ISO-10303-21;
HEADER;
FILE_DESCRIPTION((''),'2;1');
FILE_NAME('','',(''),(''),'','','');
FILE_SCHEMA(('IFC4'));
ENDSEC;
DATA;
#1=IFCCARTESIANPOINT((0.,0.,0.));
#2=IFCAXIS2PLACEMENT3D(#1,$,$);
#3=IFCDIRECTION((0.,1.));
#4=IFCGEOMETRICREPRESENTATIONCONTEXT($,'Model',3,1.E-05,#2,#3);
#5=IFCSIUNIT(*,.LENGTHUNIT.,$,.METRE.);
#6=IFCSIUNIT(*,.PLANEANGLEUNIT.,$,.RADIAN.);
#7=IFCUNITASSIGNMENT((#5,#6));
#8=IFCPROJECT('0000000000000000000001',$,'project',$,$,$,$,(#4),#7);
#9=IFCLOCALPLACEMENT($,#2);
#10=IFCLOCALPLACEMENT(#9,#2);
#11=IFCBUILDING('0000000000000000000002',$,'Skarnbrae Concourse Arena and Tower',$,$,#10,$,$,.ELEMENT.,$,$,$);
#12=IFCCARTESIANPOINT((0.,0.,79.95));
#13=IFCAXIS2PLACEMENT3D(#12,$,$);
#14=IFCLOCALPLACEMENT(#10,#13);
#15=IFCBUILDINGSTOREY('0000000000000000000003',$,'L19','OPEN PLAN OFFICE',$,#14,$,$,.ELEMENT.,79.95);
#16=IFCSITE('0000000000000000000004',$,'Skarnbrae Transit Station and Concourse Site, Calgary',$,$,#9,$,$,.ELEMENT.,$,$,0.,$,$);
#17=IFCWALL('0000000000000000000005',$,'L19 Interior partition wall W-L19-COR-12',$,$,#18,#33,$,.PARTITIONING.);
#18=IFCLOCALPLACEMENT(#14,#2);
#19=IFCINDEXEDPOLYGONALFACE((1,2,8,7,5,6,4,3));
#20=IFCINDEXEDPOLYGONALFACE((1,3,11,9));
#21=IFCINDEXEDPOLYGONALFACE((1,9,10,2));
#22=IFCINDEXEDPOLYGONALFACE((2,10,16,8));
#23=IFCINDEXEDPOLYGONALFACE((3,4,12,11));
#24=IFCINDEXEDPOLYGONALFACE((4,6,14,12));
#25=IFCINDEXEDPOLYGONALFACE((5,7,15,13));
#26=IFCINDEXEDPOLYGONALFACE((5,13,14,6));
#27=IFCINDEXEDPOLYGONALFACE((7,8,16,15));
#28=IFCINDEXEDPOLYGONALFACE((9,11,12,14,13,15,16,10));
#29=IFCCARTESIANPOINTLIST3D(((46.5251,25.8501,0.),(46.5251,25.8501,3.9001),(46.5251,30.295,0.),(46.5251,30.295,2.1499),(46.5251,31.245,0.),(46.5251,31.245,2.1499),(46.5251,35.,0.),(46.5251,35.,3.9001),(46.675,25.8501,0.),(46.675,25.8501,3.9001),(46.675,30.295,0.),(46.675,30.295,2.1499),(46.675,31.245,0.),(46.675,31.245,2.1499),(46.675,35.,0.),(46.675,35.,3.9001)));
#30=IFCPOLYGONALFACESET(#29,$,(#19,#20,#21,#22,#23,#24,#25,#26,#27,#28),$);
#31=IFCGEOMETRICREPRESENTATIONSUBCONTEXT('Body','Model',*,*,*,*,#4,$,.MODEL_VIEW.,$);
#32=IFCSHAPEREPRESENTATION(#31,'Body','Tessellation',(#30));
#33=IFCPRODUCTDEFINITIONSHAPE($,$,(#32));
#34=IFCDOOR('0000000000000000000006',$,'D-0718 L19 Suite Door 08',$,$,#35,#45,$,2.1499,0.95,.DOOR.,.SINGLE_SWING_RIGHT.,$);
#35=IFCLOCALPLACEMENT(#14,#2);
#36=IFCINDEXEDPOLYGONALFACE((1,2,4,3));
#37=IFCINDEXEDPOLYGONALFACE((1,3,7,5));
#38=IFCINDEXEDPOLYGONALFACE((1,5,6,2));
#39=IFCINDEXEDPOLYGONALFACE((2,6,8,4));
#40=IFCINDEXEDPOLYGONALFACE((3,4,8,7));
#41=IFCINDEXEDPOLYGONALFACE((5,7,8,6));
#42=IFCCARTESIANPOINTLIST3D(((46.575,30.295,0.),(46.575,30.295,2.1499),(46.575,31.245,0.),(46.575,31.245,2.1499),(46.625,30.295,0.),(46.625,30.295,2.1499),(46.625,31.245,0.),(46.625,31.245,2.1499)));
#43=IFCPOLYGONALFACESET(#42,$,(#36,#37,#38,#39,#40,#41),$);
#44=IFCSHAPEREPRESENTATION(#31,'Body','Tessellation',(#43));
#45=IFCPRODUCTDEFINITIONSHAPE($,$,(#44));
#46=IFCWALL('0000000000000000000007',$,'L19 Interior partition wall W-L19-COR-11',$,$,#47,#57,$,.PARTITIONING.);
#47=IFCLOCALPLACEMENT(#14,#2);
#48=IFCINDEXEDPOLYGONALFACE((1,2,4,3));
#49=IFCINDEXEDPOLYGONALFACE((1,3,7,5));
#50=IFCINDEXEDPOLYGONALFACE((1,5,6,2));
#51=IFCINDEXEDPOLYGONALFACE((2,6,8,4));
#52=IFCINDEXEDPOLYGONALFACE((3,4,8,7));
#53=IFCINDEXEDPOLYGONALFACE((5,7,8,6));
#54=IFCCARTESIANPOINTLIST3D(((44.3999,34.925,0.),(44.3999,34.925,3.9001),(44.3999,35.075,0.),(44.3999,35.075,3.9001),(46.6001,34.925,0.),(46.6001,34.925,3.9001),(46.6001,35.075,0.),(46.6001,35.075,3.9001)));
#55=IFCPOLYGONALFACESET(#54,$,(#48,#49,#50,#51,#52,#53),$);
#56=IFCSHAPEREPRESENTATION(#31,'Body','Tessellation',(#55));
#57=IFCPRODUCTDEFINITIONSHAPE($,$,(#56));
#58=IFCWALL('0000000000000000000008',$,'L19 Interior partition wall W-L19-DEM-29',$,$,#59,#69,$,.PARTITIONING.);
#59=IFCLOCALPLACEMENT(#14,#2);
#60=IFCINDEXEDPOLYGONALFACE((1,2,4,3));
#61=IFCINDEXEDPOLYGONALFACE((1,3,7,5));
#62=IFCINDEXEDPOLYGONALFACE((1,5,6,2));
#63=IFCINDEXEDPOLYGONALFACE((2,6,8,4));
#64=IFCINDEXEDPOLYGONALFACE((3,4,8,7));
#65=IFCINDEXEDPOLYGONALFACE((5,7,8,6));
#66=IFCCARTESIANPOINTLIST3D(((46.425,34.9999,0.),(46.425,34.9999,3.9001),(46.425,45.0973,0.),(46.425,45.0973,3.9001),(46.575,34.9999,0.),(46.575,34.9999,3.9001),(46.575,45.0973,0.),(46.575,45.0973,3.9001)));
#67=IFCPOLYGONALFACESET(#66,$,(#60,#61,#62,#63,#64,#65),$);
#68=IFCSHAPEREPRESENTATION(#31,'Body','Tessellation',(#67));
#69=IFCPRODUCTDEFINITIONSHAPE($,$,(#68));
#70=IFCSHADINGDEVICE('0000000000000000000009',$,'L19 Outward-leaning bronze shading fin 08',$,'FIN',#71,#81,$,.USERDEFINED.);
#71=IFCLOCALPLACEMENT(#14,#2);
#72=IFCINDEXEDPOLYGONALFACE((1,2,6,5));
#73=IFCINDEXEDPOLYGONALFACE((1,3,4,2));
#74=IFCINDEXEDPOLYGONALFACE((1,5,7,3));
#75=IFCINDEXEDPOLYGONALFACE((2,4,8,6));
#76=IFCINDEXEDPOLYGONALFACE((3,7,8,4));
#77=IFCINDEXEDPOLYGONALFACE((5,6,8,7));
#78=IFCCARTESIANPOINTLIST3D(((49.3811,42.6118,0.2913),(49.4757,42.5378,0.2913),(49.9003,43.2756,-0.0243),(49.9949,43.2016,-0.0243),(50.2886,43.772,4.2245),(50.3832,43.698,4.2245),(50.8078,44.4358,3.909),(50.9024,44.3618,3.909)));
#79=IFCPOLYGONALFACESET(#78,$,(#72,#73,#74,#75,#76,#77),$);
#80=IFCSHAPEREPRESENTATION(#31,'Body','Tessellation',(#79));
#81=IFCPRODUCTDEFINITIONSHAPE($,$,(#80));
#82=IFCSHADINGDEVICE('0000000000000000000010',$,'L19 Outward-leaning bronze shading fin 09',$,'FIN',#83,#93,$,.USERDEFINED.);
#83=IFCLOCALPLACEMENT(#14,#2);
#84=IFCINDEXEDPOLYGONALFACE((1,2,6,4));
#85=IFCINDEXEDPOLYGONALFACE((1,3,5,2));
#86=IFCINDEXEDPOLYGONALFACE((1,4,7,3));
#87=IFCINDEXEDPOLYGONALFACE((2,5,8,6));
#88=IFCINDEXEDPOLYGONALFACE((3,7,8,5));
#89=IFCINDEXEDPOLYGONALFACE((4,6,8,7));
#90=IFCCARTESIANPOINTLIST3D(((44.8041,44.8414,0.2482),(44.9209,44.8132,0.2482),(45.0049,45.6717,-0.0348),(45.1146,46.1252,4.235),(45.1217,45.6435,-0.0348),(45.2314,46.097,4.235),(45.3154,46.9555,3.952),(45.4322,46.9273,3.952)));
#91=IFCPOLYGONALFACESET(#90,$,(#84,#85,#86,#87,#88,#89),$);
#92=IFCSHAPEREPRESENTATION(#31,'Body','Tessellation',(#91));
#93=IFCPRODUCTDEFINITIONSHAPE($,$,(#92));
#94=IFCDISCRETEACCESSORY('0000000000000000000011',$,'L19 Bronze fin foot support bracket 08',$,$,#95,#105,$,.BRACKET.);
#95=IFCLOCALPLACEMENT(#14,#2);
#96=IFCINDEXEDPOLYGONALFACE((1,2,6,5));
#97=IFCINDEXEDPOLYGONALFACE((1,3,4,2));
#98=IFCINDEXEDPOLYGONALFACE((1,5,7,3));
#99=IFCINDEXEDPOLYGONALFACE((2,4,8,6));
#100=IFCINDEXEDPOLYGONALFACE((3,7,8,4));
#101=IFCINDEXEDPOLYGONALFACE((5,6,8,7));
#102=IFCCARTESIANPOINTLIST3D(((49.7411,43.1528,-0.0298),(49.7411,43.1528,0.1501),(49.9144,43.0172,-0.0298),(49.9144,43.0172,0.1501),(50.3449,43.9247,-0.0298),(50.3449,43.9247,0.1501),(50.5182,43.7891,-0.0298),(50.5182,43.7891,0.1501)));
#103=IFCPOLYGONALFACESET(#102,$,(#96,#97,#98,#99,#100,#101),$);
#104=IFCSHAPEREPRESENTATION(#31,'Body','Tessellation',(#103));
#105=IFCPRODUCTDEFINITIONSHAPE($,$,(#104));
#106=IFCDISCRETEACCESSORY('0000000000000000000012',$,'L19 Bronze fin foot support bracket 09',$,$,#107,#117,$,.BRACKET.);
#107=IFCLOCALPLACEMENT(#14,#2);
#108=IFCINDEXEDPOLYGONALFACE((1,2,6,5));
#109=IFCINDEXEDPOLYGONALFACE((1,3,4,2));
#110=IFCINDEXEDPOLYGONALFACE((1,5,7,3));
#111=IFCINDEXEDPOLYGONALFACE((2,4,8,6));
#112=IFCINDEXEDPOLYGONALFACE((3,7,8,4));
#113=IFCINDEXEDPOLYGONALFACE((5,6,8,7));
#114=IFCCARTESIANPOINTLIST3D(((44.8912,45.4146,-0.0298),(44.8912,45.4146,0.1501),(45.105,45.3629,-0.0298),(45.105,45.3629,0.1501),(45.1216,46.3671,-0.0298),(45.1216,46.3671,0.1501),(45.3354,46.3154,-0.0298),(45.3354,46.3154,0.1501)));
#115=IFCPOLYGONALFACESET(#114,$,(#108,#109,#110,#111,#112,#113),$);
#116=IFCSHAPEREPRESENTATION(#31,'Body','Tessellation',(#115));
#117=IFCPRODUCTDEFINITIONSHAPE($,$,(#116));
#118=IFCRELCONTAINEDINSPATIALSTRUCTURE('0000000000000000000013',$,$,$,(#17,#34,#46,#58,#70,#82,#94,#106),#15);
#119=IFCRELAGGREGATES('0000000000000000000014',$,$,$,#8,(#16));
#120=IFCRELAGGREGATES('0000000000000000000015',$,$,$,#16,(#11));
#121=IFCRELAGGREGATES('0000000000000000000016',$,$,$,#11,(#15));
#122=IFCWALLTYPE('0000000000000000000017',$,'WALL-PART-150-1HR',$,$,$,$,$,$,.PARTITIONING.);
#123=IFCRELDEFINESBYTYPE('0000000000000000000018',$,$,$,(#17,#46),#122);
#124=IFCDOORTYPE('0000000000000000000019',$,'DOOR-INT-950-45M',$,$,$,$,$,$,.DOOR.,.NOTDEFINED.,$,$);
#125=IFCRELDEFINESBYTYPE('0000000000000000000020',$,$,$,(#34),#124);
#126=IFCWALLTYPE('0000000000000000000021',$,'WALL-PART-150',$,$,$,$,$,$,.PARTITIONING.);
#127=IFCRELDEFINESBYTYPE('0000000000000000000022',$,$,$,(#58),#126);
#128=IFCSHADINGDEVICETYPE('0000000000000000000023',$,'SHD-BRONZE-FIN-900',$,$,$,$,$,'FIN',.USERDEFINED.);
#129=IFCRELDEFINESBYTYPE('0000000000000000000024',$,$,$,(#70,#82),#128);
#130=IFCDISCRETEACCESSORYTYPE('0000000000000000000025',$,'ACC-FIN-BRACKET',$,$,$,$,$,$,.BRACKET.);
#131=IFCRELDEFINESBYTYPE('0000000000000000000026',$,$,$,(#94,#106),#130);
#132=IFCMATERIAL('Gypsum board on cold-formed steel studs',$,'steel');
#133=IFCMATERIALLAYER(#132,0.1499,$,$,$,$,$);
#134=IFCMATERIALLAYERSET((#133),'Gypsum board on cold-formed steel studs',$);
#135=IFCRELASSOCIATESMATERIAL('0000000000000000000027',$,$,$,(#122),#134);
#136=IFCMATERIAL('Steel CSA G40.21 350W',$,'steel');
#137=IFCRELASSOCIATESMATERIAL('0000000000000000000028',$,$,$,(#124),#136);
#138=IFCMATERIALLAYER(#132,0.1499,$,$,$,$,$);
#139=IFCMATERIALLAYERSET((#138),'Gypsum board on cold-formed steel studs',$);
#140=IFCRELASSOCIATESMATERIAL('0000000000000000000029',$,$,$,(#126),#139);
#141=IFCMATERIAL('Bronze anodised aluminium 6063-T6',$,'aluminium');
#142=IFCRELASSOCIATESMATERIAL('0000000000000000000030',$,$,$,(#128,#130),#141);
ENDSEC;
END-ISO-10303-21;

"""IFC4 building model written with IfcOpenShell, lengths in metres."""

from ifc_helpers import new_model, si_unit, direction, frame, frame_2d, origin, origin_2d, place, context, subcontext, project, spatial, rectangle, extrude, source, transform, mapped, material, layer, layer_set, type_object, element, fill, save


model = new_model("IFC4")

# Units and contexts
model_context = context("Model", 3, precision=1e-05, world=origin(), true_north=direction((0.0, 1.0)))
body_context = subcontext(model_context, "Body", "Model", "MODEL_VIEW")
ifc_project = project(units=[si_unit("LENGTHUNIT", "METRE"), si_unit("PLANEANGLEUNIT", "RADIAN")], contexts=[model_context])

# Site, building, storey
site_placement = place(None, origin())
site = spatial("IfcSite", under=ifc_project, at=site_placement, Name="Skarnbrae Transit Station and Concourse Site, Calgary", CompositionType="ELEMENT", RefElevation=0.0)
building_placement = place(site_placement, origin())
building = spatial("IfcBuilding", under=site, at=building_placement, Name="Skarnbrae Concourse Arena and Tower", CompositionType="ELEMENT")
storey_placement = place(building_placement, frame((0.0, 0.0, 79.95)))
storey = spatial("IfcBuildingStorey", under=building, at=storey_placement, Name="L19", Description="OPEN PLAN OFFICE", CompositionType="ELEMENT", Elevation=79.95)

# Shared definitions
ifc_material_1 = material(Name="Steel CSA G40.21 350W", Category="steel")

# Shared definitions
ifc_material_2 = material(Name="Bronze anodised aluminium 6063-T6", Category="aluminium")

# Wall, opening, door
ifc_material_3 = material(Name="Gypsum board on cold-formed steel studs", Category="steel")
ifc_layer_1 = layer(ifc_material_3, 0.1499)
ifc_layer_set_1 = layer_set([ifc_layer_1], Name="Gypsum board on cold-formed steel studs")
wall_type_1 = type_object("IfcWallType", Name="WALL-PART-150-1HR", PredefinedType="PARTITIONING", material=ifc_layer_set_1)
shared_shape_1 = source(origin(), body_context, "Body", "SweptSolid", [
    extrude(rectangle(XDim=9.1499, YDim=0.1499, at=frame_2d((4.575, 0.0))), origin(), (0.0, 0.0, 1.0), 3.9001),
])
wall_1_placement = place(storey_placement, frame((46.6001, 35.0, 0.0), z_axis=(0.0, 0.0, 1.0), x_axis=(0.0, -1.0, 0.0)))
wall_1 = element("IfcWall", 1, at=wall_1_placement, inside=storey, type_object=wall_type_1, Name="L19 Interior partition wall W-L19-COR-12", PredefinedType="PARTITIONING", context=body_context, shape_type="MappedRepresentation", body=[
    mapped(shared_shape_1, transform((0.0, 0.0, 0.0))),
])
opening_placement = place(wall_1_placement, frame((3.7549, 0.0, 0.0)))
opening = element("IfcOpeningElement", 2, at=opening_placement, cuts=wall_1, PredefinedType="OPENING", context=body_context, shape_type="SweptSolid", body=[
    extrude(rectangle(XDim=0.95, YDim=2.1499, at=frame_2d((0.4751, 1.075))), frame((0.0, 0.085, 0.0), z_axis=(0.0, -1.0, 0.0), x_axis=(1.0, 0.0, 0.0)), (0.0, 0.0, 1.0), 0.1699),
])
door_type = type_object("IfcDoorType", Name="DOOR-INT-950-45M", OperationType="NOTDEFINED", PredefinedType="DOOR", material=ifc_material_1)
shared_shape_2 = source(origin(), body_context, "Body", "SweptSolid", [
    extrude(rectangle(XDim=0.95, YDim=2.1499, at=frame_2d((0.4751, 1.075))), frame((0.0, 0.0249, 0.0), z_axis=(0.0, -1.0, 0.0), x_axis=(1.0, 0.0, 0.0)), (0.0, 0.0, 1.0), 0.05),
])
door_placement = place(opening_placement, origin())
door = element("IfcDoor", 3, at=door_placement, inside=storey, type_object=door_type, Name="D-0718 L19 Suite Door 08", OperationType="SINGLE_SWING_RIGHT", OverallHeight=2.1499, OverallWidth=0.95, PredefinedType="DOOR", context=body_context, shape_type="MappedRepresentation", body=[
    mapped(shared_shape_2, transform((0.0, 0.0, 0.0))),
])
fill(opening, door)

# Walls
shared_shape_3 = source(origin(), body_context, "Body", "SweptSolid", [
    extrude(rectangle(XDim=2.2002, YDim=0.1499, at=frame_2d((1.1001, 0.0))), origin(), (0.0, 0.0, 1.0), 3.9001),
])
wall_2_placement = place(storey_placement, frame((44.3999, 35.0, 0.0), z_axis=(0.0, 0.0, 1.0), x_axis=(1.0, 0.0, 0.0)))
element("IfcWall", 4, at=wall_2_placement, inside=storey, type_object=wall_type_1, Name="L19 Interior partition wall W-L19-COR-11", PredefinedType="PARTITIONING", context=body_context, shape_type="MappedRepresentation", body=[
    mapped(shared_shape_3, transform((0.0, 0.0, 0.0))),
])
ifc_layer_2 = layer(ifc_material_3, 0.1499)
ifc_layer_set_2 = layer_set([ifc_layer_2], Name="Gypsum board on cold-formed steel studs")
wall_type_2 = type_object("IfcWallType", Name="WALL-PART-150", PredefinedType="PARTITIONING", material=ifc_layer_set_2)
shared_shape_4 = source(origin(), body_context, "Body", "SweptSolid", [
    extrude(rectangle(XDim=10.0974, YDim=0.1499, at=frame_2d((5.0488, 0.0))), origin(), (0.0, 0.0, 1.0), 3.9001),
])
wall_3_placement = place(storey_placement, frame((46.5, 45.0974, 0.0), z_axis=(0.0, 0.0, 1.0), x_axis=(0.0, -1.0, 0.0)))
element("IfcWall", 5, at=wall_3_placement, inside=storey, type_object=wall_type_2, Name="L19 Interior partition wall W-L19-DEM-29", PredefinedType="PARTITIONING", context=body_context, shape_type="MappedRepresentation", body=[
    mapped(shared_shape_4, transform((0.0, 0.0, 0.0))),
])

# Shading devices
shading_device_type = type_object("IfcShadingDeviceType", Name="SHD-BRONZE-FIN-900", ElementType="FIN", PredefinedType="USERDEFINED", material=ifc_material_2)
shared_shape_5 = source(origin(), body_context, "Body", "SweptSolid", [
    extrude(rectangle(XDim=0.1201, YDim=0.8999, at=origin_2d()), origin(), (0.0, 0.0, 1.0), 4.2),
])
for number, where, z_axis, x_axis, name in (
    (6, (49.688, 42.9067, 0.1335), (0.21607, 0.276229, 0.936489), (0.787656, -0.616115, 0.0), "L19 Outward-leaning bronze shading fin 08"),
    (7, (44.9629, 45.2424, 0.1067), (0.073934, 0.305675, 0.949261), (0.971973, -0.235091, 0.0), "L19 Outward-leaning bronze shading fin 09"),
):
    element("IfcShadingDevice", number, at=place(storey_placement, frame(where, z_axis=z_axis, x_axis=x_axis)), inside=storey, type_object=shading_device_type, Name=name, ObjectType="FIN", PredefinedType="USERDEFINED", context=body_context, shape_type="MappedRepresentation", body=[
        mapped(shared_shape_5, transform((0.0, 0.0, 0.0))),
    ])

# Discrete accessories
discrete_accessory_type = type_object("IfcDiscreteAccessoryType", Name="ACC-FIN-BRACKET", PredefinedType="BRACKET", material=ifc_material_2)
shared_shape_6 = source(origin(), body_context, "Body", "SweptSolid", [
    extrude(rectangle(XDim=0.22, YDim=0.98, at=origin_2d()), origin(), (0.0, 0.0, 1.0), 0.1799),
])
for number, where, z_axis, x_axis, name in (
    (8, (50.1296, 43.4709, -0.0298), (0.0, 0.0, 1.0), (0.787656, -0.616115, 0.0), "L19 Bronze fin foot support bracket 08"),
    (9, (45.1133, 45.865, -0.0298), (0.0, 0.0, 1.0), (0.971973, -0.235091, 0.0), "L19 Bronze fin foot support bracket 09"),
):
    element("IfcDiscreteAccessory", number, at=place(storey_placement, frame(where, z_axis=z_axis, x_axis=x_axis)), inside=storey, type_object=discrete_accessory_type, Name=name, PredefinedType="BRACKET", context=body_context, shape_type="MappedRepresentation", body=[
        mapped(shared_shape_6, transform((0.0, 0.0, 0.0))),
    ])

save(model, "model.ifc")
